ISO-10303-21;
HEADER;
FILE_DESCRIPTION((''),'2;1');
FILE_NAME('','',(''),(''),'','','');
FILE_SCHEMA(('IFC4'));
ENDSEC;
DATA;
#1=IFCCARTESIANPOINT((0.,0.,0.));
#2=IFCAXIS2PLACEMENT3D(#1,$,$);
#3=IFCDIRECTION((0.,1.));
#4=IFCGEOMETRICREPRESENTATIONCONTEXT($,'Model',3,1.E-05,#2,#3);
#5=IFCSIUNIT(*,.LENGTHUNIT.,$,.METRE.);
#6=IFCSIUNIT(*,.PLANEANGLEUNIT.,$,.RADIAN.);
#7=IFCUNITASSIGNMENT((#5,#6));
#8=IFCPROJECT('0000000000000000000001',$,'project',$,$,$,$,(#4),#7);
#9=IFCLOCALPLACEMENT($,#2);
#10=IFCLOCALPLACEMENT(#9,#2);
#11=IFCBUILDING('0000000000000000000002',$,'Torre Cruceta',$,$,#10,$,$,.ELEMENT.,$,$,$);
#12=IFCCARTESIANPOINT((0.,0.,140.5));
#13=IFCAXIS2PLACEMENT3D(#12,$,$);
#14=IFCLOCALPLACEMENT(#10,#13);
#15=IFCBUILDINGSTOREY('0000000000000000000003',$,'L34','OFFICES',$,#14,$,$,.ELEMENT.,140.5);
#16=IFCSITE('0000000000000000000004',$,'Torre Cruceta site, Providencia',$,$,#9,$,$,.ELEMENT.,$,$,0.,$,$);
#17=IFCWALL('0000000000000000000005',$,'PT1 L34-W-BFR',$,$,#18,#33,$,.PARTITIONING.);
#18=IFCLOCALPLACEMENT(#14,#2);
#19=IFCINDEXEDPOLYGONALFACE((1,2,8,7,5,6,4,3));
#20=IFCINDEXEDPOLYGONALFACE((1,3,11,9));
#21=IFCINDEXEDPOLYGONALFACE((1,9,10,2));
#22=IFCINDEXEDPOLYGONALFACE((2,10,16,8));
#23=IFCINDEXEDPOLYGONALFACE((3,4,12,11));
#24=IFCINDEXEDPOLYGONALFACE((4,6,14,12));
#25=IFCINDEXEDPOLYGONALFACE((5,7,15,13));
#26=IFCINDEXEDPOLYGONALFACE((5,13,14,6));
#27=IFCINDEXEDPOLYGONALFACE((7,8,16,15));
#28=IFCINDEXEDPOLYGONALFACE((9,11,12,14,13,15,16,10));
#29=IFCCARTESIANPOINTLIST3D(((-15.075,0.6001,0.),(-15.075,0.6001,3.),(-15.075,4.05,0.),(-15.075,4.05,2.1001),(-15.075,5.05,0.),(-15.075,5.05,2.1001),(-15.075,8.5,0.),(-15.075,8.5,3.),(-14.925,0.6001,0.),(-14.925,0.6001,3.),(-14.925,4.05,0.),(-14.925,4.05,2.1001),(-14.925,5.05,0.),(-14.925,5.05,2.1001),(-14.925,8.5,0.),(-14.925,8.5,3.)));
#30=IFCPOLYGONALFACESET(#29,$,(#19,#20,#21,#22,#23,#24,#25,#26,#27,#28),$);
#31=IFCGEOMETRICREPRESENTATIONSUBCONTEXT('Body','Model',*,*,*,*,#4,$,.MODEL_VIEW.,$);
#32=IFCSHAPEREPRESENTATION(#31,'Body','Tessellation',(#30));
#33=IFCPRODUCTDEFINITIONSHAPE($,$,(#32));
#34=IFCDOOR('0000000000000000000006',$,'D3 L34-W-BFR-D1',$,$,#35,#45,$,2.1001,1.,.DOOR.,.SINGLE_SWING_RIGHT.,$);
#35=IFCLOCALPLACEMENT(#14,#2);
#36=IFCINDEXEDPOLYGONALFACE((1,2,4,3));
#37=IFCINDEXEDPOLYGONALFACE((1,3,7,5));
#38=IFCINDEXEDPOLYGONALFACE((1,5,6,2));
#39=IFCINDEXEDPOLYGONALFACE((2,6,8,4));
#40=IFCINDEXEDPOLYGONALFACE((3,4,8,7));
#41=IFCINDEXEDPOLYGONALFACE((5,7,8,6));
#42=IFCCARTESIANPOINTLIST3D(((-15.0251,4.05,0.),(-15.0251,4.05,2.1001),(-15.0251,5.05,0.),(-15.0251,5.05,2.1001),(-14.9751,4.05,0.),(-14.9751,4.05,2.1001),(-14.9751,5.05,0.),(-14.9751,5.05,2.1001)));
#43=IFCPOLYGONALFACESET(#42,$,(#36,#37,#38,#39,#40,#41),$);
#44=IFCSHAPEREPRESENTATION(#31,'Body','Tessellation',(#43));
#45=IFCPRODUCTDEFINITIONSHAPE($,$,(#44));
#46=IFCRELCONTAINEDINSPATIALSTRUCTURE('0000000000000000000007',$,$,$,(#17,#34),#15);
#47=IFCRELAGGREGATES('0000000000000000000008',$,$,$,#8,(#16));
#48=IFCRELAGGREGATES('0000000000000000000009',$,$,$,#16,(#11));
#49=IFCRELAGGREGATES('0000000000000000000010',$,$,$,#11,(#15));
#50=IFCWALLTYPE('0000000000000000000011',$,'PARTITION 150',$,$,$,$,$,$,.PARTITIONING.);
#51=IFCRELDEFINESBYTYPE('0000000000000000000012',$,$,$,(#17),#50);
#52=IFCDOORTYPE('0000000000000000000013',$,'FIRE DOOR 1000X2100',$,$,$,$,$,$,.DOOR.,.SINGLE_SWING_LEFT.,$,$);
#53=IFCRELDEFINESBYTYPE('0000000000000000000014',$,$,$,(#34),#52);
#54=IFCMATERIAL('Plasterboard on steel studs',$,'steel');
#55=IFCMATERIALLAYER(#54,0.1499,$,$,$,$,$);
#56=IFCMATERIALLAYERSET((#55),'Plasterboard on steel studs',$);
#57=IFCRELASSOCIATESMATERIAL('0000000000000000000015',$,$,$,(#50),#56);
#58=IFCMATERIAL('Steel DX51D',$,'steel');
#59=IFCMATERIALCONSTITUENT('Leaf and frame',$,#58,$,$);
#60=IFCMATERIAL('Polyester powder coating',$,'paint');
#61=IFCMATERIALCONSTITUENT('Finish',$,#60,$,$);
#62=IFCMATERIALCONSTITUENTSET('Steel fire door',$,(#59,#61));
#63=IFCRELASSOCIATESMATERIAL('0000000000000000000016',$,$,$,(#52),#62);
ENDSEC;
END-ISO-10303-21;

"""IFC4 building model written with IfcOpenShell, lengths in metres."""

from ifc_helpers import new_model, si_unit, direction, frame, frame_2d, origin, place, context, subcontext, project, spatial, rectangle, extrude, material, layer, layer_set, constituent, constituent_set, type_object, element, fill, save


model = new_model("IFC4")

# Units and contexts
model_context = context("Model", 3, precision=1e-05, world=origin(), true_north=direction((0.0, 1.0)))
body_context = subcontext(model_context, "Body", "Model", "MODEL_VIEW")
ifc_project = project(units=[si_unit("LENGTHUNIT", "METRE"), si_unit("PLANEANGLEUNIT", "RADIAN")], contexts=[model_context])

# Site, building, storey
site_placement = place(None, origin())
site = spatial("IfcSite", under=ifc_project, at=site_placement, Name="Torre Cruceta site, Providencia", CompositionType="ELEMENT", RefElevation=0.0)
building_placement = place(site_placement, origin())
building = spatial("IfcBuilding", under=site, at=building_placement, Name="Torre Cruceta", CompositionType="ELEMENT")
storey_placement = place(building_placement, frame((0.0, 0.0, 140.5)))
storey = spatial("IfcBuildingStorey", under=building, at=storey_placement, Name="L34", Description="OFFICES", CompositionType="ELEMENT", Elevation=140.5)

# Shared definitions
ifc_material_1 = material(Name="Plasterboard on steel studs", Category="steel")
ifc_layer_1 = layer(ifc_material_1, 0.1499)
ifc_layer_set_1 = layer_set([ifc_layer_1], Name="Plasterboard on steel studs")
wall_type = type_object("IfcWallType", Name="PARTITION 150", PredefinedType="PARTITIONING", material=ifc_layer_set_1)
ifc_material_2 = material(Name="Steel DX51D", Category="steel")
ifc_constituent_1 = constituent(ifc_material_2, Name="Leaf and frame")
ifc_material_3 = material(Name="Polyester powder coating", Category="paint")
ifc_constituent_2 = constituent(ifc_material_3, Name="Finish")
ifc_constituent_set = constituent_set(constituents=[ifc_constituent_1, ifc_constituent_2], Name="Steel fire door")
door_type = type_object("IfcDoorType", Name="FIRE DOOR 1000X2100", OperationType="SINGLE_SWING_LEFT", PredefinedType="DOOR", material=ifc_constituent_set)

# Wall, opening, door
wall_1_placement = place(storey_placement, frame((-15.0, 8.5, 0.0), z_axis=(0.0, 0.0, 1.0), x_axis=(0.0, -1.0, 0.0)))
wall_1 = element("IfcWall", 1, at=wall_1_placement, inside=storey, type_object=wall_type, Name="PT1 L34-W-BFR", PredefinedType="PARTITIONING", context=body_context, shape_type="SweptSolid", body=[
    extrude(rectangle(XDim=7.8999, YDim=0.1499, at=frame_2d((3.95, 0.0))), origin(), (0.0, 0.0, 1.0), 3.0),
])
opening_1_placement = place(wall_1_placement, frame((3.45, 0.0, 0.0)))
opening_1 = element("IfcOpeningElement", 2, at=opening_1_placement, cuts=wall_1, PredefinedType="OPENING", context=body_context, shape_type="SweptSolid", body=[
    extrude(rectangle(XDim=1.0, YDim=2.1001, at=frame_2d((0.5, 1.05))), frame((0.0, 0.085, 0.0), z_axis=(0.0, -1.0, 0.0), x_axis=(1.0, 0.0, 0.0)), (0.0, 0.0, 1.0), 0.1699),
])
door_1_placement = place(opening_1_placement, origin())
door_1 = element("IfcDoor", 3, at=door_1_placement, inside=storey, type_object=door_type, Name="D3 L34-W-BFR-D1", OperationType="SINGLE_SWING_RIGHT", OverallHeight=2.1001, OverallWidth=1.0, PredefinedType="DOOR", context=body_context, shape_type="SweptSolid", body=[
    extrude(rectangle(XDim=1.0, YDim=2.1001, at=frame_2d((0.5, 1.05))), frame((0.0, 0.0249, 0.0), z_axis=(0.0, -1.0, 0.0), x_axis=(1.0, 0.0, 0.0)), (0.0, 0.0, 1.0), 0.05),
])
fill(opening_1, door_1)

save(model, "model.ifc")
